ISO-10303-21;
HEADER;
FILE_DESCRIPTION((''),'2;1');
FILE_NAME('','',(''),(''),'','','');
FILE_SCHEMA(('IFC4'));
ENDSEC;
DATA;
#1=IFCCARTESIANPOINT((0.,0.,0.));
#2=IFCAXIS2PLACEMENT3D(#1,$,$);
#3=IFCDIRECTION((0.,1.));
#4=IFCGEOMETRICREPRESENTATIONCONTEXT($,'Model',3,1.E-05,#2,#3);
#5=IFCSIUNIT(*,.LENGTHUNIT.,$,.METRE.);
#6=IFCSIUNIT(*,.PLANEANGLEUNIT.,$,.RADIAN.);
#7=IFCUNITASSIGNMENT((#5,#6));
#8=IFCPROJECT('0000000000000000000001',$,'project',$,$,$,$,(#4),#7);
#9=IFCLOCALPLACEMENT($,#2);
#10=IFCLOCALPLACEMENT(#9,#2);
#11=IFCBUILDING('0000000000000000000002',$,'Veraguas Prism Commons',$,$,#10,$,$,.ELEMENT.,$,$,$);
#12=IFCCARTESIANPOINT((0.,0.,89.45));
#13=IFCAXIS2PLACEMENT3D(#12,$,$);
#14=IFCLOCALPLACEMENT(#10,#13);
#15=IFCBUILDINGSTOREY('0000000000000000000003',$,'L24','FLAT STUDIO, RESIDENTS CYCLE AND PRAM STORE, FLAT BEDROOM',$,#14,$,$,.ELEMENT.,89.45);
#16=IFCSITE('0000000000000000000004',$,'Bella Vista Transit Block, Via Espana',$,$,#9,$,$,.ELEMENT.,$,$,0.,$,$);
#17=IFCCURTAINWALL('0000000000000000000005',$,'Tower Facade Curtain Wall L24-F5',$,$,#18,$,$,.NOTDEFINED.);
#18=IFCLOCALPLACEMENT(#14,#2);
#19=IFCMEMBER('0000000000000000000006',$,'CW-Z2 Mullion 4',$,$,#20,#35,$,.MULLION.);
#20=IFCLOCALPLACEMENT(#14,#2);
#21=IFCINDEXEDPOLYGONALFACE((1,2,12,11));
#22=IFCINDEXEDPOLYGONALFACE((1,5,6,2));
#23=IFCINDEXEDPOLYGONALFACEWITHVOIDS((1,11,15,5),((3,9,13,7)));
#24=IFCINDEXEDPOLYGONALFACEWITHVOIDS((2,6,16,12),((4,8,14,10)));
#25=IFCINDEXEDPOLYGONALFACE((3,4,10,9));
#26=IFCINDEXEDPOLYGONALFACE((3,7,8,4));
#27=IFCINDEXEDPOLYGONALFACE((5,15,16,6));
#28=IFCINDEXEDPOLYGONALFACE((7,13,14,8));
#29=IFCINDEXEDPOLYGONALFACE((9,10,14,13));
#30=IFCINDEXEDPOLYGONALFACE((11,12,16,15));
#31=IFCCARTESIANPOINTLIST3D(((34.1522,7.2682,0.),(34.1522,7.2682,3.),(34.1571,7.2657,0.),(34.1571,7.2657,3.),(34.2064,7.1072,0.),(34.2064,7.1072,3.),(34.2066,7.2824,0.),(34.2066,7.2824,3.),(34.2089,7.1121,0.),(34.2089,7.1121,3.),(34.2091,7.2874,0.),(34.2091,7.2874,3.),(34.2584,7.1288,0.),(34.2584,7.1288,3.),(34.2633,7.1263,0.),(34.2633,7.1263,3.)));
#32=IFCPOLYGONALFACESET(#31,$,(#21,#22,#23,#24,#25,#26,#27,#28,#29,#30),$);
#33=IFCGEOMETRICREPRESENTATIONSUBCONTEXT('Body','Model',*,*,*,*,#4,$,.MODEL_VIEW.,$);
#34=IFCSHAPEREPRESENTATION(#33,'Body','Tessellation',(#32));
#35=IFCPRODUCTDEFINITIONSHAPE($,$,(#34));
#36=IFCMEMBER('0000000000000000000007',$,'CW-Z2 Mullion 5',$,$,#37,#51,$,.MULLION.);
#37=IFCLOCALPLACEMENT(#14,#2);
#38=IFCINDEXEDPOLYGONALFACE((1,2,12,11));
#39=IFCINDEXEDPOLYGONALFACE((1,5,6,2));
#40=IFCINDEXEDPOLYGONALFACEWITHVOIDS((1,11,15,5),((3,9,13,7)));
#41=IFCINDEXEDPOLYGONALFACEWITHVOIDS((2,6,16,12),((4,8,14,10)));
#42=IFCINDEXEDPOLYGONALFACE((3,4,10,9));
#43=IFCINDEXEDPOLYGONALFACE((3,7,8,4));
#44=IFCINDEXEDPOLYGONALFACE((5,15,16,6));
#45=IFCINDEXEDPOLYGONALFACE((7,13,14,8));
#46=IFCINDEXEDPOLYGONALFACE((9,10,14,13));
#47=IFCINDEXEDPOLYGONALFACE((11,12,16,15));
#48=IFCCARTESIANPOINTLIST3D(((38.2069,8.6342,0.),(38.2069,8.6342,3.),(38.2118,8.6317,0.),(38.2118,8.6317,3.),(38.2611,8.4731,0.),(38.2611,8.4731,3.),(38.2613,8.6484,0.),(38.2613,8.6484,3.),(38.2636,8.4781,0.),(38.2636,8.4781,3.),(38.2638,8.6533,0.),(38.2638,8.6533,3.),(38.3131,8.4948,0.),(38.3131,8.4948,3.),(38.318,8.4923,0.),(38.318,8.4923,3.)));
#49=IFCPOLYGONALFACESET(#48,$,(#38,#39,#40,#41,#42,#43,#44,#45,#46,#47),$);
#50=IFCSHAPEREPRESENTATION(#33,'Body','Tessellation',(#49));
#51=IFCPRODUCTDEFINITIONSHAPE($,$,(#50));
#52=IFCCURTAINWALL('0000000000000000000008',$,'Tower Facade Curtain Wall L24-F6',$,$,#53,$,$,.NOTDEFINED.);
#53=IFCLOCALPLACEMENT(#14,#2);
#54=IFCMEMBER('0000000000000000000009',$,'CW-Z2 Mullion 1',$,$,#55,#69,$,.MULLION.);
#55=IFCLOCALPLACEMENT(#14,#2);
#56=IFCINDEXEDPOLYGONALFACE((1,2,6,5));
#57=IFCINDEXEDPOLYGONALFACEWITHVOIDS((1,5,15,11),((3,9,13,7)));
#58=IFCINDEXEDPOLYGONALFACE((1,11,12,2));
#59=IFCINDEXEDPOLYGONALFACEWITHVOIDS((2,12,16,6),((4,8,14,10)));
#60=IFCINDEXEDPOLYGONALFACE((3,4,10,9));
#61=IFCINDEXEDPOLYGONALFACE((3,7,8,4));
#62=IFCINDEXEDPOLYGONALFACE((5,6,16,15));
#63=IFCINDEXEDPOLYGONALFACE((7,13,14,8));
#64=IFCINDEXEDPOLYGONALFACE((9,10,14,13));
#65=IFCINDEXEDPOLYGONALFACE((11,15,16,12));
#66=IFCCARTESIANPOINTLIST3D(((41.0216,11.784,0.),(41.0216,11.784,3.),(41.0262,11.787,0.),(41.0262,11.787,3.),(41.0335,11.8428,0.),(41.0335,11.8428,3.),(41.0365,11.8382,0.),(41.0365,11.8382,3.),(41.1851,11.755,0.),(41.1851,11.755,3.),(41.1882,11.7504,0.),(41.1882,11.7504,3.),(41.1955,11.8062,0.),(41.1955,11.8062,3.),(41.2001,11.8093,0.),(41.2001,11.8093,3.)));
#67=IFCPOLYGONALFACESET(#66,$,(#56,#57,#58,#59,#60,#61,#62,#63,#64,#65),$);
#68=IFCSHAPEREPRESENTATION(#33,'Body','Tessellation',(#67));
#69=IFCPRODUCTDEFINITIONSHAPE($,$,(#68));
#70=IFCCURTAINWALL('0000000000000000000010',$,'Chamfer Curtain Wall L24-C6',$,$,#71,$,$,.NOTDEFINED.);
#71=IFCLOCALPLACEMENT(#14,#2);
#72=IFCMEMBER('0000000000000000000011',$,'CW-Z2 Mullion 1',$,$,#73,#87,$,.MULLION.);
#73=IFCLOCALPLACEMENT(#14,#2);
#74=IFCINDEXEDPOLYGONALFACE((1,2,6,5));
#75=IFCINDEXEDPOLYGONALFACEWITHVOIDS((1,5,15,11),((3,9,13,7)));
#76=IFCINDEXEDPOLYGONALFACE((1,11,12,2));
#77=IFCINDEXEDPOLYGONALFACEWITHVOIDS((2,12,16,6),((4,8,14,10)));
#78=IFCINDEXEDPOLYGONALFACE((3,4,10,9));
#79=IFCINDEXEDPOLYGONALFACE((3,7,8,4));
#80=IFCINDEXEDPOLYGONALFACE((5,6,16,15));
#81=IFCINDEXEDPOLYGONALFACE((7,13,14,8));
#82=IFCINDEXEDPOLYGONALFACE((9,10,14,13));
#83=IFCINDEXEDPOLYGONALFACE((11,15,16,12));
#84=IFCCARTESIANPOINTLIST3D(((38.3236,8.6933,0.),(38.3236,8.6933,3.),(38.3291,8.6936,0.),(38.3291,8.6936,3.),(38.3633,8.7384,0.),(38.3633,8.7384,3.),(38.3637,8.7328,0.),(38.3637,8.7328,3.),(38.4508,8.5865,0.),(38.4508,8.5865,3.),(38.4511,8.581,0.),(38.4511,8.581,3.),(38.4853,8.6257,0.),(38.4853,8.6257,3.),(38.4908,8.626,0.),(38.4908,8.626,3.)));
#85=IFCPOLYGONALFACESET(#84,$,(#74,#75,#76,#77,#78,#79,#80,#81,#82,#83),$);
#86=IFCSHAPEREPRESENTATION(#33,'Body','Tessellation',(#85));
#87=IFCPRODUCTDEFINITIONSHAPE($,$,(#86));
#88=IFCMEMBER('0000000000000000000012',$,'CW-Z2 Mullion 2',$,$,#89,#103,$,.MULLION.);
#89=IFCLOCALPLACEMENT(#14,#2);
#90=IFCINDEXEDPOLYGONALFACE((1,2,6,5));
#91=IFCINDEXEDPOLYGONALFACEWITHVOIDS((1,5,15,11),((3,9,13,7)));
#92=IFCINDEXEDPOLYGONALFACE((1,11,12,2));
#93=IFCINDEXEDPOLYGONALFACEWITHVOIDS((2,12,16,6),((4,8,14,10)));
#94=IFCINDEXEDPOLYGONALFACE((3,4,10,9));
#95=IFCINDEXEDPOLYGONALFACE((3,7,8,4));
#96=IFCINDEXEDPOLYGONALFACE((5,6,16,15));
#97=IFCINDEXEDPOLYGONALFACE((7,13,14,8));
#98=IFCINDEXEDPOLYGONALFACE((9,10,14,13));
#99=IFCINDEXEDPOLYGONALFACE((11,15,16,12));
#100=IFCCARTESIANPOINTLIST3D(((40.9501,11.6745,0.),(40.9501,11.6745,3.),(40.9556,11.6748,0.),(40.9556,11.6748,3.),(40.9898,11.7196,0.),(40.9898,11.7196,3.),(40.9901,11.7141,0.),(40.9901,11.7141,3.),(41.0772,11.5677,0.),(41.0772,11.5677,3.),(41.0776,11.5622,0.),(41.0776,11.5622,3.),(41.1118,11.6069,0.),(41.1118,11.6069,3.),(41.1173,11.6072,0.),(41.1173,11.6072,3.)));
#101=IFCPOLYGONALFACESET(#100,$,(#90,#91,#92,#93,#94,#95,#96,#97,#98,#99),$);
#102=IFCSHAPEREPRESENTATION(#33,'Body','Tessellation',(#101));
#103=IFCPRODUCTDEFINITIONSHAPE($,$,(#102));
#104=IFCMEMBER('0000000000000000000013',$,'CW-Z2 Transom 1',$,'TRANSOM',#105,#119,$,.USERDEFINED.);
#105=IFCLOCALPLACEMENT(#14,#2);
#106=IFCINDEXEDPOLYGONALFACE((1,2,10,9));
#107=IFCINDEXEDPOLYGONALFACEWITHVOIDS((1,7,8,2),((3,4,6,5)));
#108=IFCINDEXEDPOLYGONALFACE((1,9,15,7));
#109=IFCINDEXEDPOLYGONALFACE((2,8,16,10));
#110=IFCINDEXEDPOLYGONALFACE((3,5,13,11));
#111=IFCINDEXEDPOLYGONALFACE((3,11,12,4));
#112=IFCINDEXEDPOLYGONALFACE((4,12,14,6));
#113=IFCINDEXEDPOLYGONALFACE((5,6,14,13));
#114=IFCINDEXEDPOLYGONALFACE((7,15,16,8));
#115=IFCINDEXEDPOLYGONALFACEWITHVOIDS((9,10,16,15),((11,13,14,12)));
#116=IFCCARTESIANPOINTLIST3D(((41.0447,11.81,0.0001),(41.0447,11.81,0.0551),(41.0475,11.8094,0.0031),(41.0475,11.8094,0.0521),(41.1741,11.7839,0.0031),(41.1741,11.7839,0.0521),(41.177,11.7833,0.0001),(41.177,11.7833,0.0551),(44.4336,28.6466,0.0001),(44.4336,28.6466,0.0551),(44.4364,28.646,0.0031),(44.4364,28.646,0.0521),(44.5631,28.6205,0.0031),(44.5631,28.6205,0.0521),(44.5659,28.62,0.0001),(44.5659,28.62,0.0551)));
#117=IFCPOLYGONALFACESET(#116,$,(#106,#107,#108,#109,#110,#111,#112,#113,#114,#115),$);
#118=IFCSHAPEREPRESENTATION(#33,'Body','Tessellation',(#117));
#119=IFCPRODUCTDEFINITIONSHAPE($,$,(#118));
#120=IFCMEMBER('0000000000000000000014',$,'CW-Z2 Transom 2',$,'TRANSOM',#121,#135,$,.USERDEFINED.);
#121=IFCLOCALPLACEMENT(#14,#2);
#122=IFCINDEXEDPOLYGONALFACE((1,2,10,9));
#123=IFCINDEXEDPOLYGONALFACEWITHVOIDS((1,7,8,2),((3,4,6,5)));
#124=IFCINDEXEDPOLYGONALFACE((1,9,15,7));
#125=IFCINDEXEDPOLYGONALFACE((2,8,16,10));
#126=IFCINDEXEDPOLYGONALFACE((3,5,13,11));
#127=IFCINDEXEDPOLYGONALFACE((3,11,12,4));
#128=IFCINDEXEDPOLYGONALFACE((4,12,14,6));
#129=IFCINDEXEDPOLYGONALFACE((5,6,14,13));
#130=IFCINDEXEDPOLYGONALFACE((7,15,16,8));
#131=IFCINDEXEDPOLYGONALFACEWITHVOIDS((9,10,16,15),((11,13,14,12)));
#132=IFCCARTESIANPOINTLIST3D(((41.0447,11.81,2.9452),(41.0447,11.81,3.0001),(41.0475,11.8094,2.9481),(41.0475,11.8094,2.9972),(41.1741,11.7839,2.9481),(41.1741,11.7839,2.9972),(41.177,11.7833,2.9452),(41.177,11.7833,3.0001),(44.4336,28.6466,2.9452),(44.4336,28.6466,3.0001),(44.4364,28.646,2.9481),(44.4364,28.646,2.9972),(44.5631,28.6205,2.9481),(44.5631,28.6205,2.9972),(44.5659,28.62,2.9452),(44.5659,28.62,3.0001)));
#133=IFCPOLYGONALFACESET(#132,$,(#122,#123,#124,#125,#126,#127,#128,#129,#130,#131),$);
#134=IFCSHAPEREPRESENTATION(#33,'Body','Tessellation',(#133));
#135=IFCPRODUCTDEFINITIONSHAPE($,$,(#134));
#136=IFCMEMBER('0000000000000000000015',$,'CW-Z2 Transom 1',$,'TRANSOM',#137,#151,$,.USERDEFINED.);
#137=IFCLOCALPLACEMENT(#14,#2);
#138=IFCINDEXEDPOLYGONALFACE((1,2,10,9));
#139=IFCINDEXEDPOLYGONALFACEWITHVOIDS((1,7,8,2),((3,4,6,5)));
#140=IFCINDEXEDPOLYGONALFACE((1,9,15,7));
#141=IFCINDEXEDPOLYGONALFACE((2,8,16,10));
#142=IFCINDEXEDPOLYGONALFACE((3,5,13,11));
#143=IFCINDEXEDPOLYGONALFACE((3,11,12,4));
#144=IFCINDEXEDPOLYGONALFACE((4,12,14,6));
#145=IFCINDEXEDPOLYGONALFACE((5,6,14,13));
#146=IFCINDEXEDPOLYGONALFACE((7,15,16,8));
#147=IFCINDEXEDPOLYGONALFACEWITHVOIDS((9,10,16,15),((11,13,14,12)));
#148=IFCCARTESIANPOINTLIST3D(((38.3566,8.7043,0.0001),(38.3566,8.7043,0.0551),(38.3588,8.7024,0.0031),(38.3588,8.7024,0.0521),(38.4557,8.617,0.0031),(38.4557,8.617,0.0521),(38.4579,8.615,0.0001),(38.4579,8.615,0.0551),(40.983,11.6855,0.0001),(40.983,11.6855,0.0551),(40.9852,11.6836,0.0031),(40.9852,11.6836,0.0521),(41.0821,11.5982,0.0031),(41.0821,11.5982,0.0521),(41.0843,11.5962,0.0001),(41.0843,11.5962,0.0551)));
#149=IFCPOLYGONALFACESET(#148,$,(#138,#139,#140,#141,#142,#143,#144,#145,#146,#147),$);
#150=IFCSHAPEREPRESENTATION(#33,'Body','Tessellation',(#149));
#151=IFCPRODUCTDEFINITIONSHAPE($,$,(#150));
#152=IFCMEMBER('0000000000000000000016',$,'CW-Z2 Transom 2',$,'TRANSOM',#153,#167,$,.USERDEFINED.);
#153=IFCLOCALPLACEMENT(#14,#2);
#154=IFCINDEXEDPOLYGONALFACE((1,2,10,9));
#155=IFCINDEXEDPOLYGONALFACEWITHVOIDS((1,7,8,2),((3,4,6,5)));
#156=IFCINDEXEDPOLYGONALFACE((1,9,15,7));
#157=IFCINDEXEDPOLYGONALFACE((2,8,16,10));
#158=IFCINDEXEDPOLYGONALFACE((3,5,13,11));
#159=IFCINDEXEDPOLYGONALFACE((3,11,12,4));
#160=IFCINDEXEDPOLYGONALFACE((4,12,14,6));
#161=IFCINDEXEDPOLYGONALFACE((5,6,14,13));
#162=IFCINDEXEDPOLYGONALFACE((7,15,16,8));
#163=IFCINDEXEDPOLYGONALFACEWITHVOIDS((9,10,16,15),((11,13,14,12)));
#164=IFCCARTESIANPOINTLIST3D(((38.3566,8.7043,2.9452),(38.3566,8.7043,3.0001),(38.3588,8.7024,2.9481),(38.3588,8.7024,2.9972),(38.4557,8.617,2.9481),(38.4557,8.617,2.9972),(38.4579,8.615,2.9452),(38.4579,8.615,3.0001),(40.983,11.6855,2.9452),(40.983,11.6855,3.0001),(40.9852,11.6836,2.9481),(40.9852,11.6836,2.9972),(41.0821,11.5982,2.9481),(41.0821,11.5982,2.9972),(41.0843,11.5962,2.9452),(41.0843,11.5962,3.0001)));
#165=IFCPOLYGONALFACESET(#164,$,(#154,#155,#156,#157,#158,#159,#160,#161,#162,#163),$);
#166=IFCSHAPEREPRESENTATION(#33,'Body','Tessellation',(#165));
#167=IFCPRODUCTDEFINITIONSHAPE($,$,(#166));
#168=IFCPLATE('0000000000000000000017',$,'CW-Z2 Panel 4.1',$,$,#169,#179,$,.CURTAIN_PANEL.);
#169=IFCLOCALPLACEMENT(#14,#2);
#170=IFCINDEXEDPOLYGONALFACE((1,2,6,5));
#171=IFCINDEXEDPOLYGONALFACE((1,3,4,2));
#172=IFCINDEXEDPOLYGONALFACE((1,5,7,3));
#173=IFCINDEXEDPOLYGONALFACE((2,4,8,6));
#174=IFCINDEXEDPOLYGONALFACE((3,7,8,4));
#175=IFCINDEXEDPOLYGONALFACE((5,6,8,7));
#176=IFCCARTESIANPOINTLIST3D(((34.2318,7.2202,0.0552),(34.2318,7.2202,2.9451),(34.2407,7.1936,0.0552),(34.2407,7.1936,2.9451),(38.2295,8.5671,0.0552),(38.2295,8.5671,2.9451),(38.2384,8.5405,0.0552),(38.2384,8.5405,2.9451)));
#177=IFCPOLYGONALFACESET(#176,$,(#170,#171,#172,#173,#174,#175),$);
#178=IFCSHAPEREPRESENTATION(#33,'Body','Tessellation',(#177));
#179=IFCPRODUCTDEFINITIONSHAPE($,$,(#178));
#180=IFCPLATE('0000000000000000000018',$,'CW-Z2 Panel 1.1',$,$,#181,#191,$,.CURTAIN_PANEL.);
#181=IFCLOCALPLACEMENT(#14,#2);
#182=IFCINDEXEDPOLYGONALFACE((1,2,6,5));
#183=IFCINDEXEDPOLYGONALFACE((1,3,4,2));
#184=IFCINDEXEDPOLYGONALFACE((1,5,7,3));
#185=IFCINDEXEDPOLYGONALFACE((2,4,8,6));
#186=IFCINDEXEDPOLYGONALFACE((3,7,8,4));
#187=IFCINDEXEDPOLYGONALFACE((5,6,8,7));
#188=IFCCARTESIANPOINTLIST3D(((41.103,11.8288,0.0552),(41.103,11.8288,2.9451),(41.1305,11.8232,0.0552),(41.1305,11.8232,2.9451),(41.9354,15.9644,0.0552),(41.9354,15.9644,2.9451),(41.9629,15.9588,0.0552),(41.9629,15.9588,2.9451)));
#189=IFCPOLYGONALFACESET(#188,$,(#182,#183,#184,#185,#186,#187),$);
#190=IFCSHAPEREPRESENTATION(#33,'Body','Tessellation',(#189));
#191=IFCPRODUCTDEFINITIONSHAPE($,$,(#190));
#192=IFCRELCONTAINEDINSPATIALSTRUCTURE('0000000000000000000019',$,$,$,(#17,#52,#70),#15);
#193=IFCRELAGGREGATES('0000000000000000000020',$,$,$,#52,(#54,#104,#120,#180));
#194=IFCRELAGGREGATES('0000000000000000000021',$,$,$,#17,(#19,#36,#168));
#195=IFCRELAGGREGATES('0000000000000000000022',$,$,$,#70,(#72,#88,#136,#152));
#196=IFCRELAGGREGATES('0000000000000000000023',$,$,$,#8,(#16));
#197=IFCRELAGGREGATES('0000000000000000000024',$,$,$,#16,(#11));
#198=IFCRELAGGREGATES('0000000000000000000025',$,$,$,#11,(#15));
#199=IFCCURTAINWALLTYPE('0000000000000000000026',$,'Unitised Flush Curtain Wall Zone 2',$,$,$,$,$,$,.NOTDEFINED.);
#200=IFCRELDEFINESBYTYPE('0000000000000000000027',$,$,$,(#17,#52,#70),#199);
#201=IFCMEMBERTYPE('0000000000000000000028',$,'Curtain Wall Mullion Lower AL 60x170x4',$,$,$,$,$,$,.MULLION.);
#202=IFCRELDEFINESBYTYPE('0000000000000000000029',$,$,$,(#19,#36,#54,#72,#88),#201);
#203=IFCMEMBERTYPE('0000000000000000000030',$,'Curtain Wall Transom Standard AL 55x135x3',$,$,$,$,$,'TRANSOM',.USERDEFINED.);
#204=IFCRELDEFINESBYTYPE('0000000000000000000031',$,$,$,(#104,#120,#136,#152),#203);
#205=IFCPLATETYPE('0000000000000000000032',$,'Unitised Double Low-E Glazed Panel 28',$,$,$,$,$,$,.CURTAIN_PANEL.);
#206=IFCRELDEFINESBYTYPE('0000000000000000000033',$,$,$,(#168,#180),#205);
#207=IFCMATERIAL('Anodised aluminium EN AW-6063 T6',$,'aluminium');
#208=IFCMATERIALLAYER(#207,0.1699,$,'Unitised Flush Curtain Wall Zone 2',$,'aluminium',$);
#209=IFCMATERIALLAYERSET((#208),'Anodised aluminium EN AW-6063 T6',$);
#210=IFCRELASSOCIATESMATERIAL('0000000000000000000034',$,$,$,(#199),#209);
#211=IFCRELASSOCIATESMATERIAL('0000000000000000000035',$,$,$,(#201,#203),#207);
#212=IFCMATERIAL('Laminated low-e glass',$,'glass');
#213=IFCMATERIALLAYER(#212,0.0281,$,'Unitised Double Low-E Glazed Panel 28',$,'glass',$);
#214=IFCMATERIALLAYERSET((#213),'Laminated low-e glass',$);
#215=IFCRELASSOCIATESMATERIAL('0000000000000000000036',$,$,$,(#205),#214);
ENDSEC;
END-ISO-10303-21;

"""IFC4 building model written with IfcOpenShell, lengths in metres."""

from ifc_helpers import new_model, si_unit, direction, frame, origin, origin_2d, place, context, subcontext, project, spatial, rectangle, hollow_rectangle, extrude, source, transform, mapped, material, layer, layer_set, material_profile, profile_set, type_object, element, aggregate, save


model = new_model("IFC4")

# Units and contexts
model_context = context("Model", 3, precision=1e-05, world=origin(), true_north=direction((0.0, 1.0)))
body_context = subcontext(model_context, "Body", "Model", "MODEL_VIEW")
ifc_project = project(units=[si_unit("LENGTHUNIT", "METRE"), si_unit("PLANEANGLEUNIT", "RADIAN")], contexts=[model_context])

# Site, building, storey
site_placement = place(None, origin())
site = spatial("IfcSite", under=ifc_project, at=site_placement, Name="Bella Vista Transit Block, Via Espana", CompositionType="ELEMENT", RefElevation=0.0)
building_placement = place(site_placement, origin())
building = spatial("IfcBuilding", under=site, at=building_placement, Name="Veraguas Prism Commons", CompositionType="ELEMENT")
storey_placement = place(building_placement, frame((0.0, 0.0, 89.45)))
storey = spatial("IfcBuildingStorey", under=building, at=storey_placement, Name="L24", Description="FLAT STUDIO, RESIDENTS CYCLE AND PRAM STORE, FLAT BEDROOM", CompositionType="ELEMENT", Elevation=89.45)

# Curtain wall, members
ifc_material_1 = material(Name="Anodised aluminium EN AW-6063 T6", Category="aluminium")
ifc_layer_1 = layer(ifc_material_1, 0.1699, Name="Unitised Flush Curtain Wall Zone 2", Category="aluminium")
ifc_layer_set_1 = layer_set([ifc_layer_1], Name="Anodised aluminium EN AW-6063 T6")
curtain_wall_type = type_object("IfcCurtainWallType", Name="Unitised Flush Curtain Wall Zone 2", PredefinedType="NOTDEFINED", material=ifc_layer_set_1)
curtain_wall_1_placement = place(storey_placement, origin())
curtain_wall_1 = element("IfcCurtainWall", 1, at=curtain_wall_1_placement, inside=storey, type_object=curtain_wall_type, Name="Tower Facade Curtain Wall L24-F5", PredefinedType="NOTDEFINED")
ifc_material_profile_1 = material_profile(ifc_material_1, hollow_rectangle(XDim=0.0601, YDim=0.1699, WallThickness=0.0039, at=origin_2d()), Name="AL60X170X4")
ifc_profile_set_1 = profile_set([ifc_material_profile_1], Name="Anodised aluminium EN AW-6063 T6")
member_type_1 = type_object("IfcMemberType", Name="Curtain Wall Mullion Lower AL 60x170x4", PredefinedType="MULLION", material=ifc_profile_set_1)
shared_shape_1 = source(origin(), body_context, "Body", "SweptSolid", [
    extrude(hollow_rectangle(XDim=0.0601, YDim=0.1699, WallThickness=0.0039, at=origin_2d()), origin(), (0.0, 0.0, 1.0), 3.0),
])
member_1_placement = place(storey_placement, frame((34.2078, 7.1973, 0.0), z_axis=(0.0, 0.0, 1.0), x_axis=(0.947659, 0.319284, 0.0)))
member_1 = element("IfcMember", 2, at=member_1_placement, type_object=member_type_1, Name="CW-Z2 Mullion 4", PredefinedType="MULLION", context=body_context, shape_type="MappedRepresentation", body=[
    mapped(shared_shape_1, transform((0.0, 0.0, 0.0), scale=1.0)),
])
member_2_placement = place(storey_placement, frame((38.2625, 8.5632, 0.0), z_axis=(0.0, 0.0, 1.0), x_axis=(0.947659, 0.319284, 0.0)))
member_2 = element("IfcMember", 3, at=member_2_placement, type_object=member_type_1, Name="CW-Z2 Mullion 5", PredefinedType="MULLION", context=body_context, shape_type="MappedRepresentation", body=[
    mapped(shared_shape_1, transform((0.0, 0.0, 0.0), scale=1.0)),
])

# Curtain wall, member
curtain_wall_2_placement = place(storey_placement, origin())
curtain_wall_2 = element("IfcCurtainWall", 4, at=curtain_wall_2_placement, inside=storey, type_object=curtain_wall_type, Name="Tower Facade Curtain Wall L24-F6", PredefinedType="NOTDEFINED")
member_3_placement = place(storey_placement, frame((41.1108, 11.7966, 0.0), z_axis=(0.0, 0.0, 1.0), x_axis=(0.19732, 0.980339, 0.0)))
member_3 = element("IfcMember", 5, at=member_3_placement, type_object=member_type_1, Name="CW-Z2 Mullion 1", PredefinedType="MULLION", context=body_context, shape_type="MappedRepresentation", body=[
    mapped(shared_shape_1, transform((0.0, 0.0, 0.0), scale=1.0)),
])

# Curtain wall, members
curtain_wall_3_placement = place(storey_placement, origin())
curtain_wall_3 = element("IfcCurtainWall", 6, at=curtain_wall_3_placement, inside=storey, type_object=curtain_wall_type, Name="Chamfer Curtain Wall L24-C6", PredefinedType="NOTDEFINED")
member_4_placement = place(storey_placement, frame((38.4072, 8.6597, 0.0), z_axis=(0.0, 0.0, 1.0), x_axis=(0.661026, 0.750363, 0.0)))
member_4 = element("IfcMember", 7, at=member_4_placement, type_object=member_type_1, Name="CW-Z2 Mullion 1", PredefinedType="MULLION", context=body_context, shape_type="MappedRepresentation", body=[
    mapped(shared_shape_1, transform((0.0, 0.0, 0.0), scale=1.0)),
])
member_5_placement = place(storey_placement, frame((41.0337, 11.6409, 0.0), z_axis=(0.0, 0.0, 1.0), x_axis=(0.661026, 0.750363, 0.0)))
member_5 = element("IfcMember", 8, at=member_5_placement, type_object=member_type_1, Name="CW-Z2 Mullion 2", PredefinedType="MULLION", context=body_context, shape_type="MappedRepresentation", body=[
    mapped(shared_shape_1, transform((0.0, 0.0, 0.0), scale=1.0)),
])

# Members
ifc_material_profile_2 = material_profile(ifc_material_1, hollow_rectangle(XDim=0.0549, YDim=0.135, WallThickness=0.0029, at=origin_2d()), Name="AL55X135X3")
ifc_profile_set_2 = profile_set([ifc_material_profile_2], Name="Anodised aluminium EN AW-6063 T6")
member_type_2 = type_object("IfcMemberType", Name="Curtain Wall Transom Standard AL 55x135x3", ElementType="TRANSOM", PredefinedType="USERDEFINED", material=ifc_profile_set_2)
shared_shape_2 = source(origin(), body_context, "Body", "SweptSolid", [
    extrude(hollow_rectangle(XDim=0.0549, YDim=0.135, WallThickness=0.0029, at=origin_2d()), origin(), (0.0, 0.0, 1.0), 17.1743),
])
member_6_placement = place(storey_placement, frame((41.1108, 11.7966, 0.0276), z_axis=(0.197324, 0.980338, 0.0), x_axis=(0.0, 0.0, 1.0)))
member_6 = element("IfcMember", 9, at=member_6_placement, type_object=member_type_2, Name="CW-Z2 Transom 1", ObjectType="TRANSOM", PredefinedType="USERDEFINED", context=body_context, shape_type="MappedRepresentation", body=[
    mapped(shared_shape_2, transform((0.0, 0.0, 0.0), scale=1.0)),
])
member_7_placement = place(storey_placement, frame((41.1108, 11.7966, 2.9727), z_axis=(0.197324, 0.980338, 0.0), x_axis=(0.0, 0.0, 1.0)))
member_7 = element("IfcMember", 10, at=member_7_placement, type_object=member_type_2, Name="CW-Z2 Transom 2", ObjectType="TRANSOM", PredefinedType="USERDEFINED", context=body_context, shape_type="MappedRepresentation", body=[
    mapped(shared_shape_2, transform((0.0, 0.0, 0.0), scale=1.0)),
])
shared_shape_3 = source(origin(), body_context, "Body", "SweptSolid", [
    extrude(hollow_rectangle(XDim=0.0549, YDim=0.135, WallThickness=0.0029, at=origin_2d()), origin(), (0.0, 0.0, 1.0), 3.9731),
])
member_8_placement = place(storey_placement, frame((38.4072, 8.6597, 0.0276), z_axis=(0.661054, 0.750338, 0.0), x_axis=(0.0, 0.0, 1.0)))
member_8 = element("IfcMember", 11, at=member_8_placement, type_object=member_type_2, Name="CW-Z2 Transom 1", ObjectType="TRANSOM", PredefinedType="USERDEFINED", context=body_context, shape_type="MappedRepresentation", body=[
    mapped(shared_shape_3, transform((0.0, 0.0, 0.0), scale=1.0)),
])
member_9_placement = place(storey_placement, frame((38.4072, 8.6597, 2.9727), z_axis=(0.661054, 0.750338, 0.0), x_axis=(0.0, 0.0, 1.0)))
member_9 = element("IfcMember", 12, at=member_9_placement, type_object=member_type_2, Name="CW-Z2 Transom 2", ObjectType="TRANSOM", PredefinedType="USERDEFINED", context=body_context, shape_type="MappedRepresentation", body=[
    mapped(shared_shape_3, transform((0.0, 0.0, 0.0), scale=1.0)),
])

# Plates
ifc_material_2 = material(Name="Laminated low-e glass", Category="glass")
ifc_layer_2 = layer(ifc_material_2, 0.0281, Name="Unitised Double Low-E Glazed Panel 28", Category="glass")
ifc_layer_set_2 = layer_set([ifc_layer_2], Name="Laminated low-e glass")
plate_type = type_object("IfcPlateType", Name="Unitised Double Low-E Glazed Panel 28", PredefinedType="CURTAIN_PANEL", material=ifc_layer_set_2)
shared_shape_4 = source(origin(), body_context, "Body", "SweptSolid", [
    extrude(rectangle(XDim=4.2185, YDim=0.0281, at=origin_2d()), origin(), (0.0, 0.0, 1.0), 2.8899),
])
plate_1_placement = place(storey_placement, frame((36.2351, 7.8804, 0.0552), z_axis=(0.0, 0.0, 1.0), x_axis=(0.947659, 0.319284, 0.0)))
plate_1 = element("IfcPlate", 13, at=plate_1_placement, type_object=plate_type, Name="CW-Z2 Panel 4.1", PredefinedType="CURTAIN_PANEL", context=body_context, shape_type="MappedRepresentation", body=[
    mapped(shared_shape_4, transform((0.0, 0.0, 0.0), scale=1.0)),
])
plate_2_placement = place(storey_placement, frame((41.533, 13.8938, 0.0552), z_axis=(0.0, 0.0, 1.0), x_axis=(0.19732, 0.980339, 0.0)))
plate_2 = element("IfcPlate", 14, at=plate_2_placement, type_object=plate_type, Name="CW-Z2 Panel 1.1", PredefinedType="CURTAIN_PANEL", context=body_context, shape_type="MappedRepresentation", body=[
    mapped(shared_shape_4, transform((0.0, 0.0, 0.0), scale=1.0)),
])
aggregate(curtain_wall_2, [member_3, member_6, member_7, plate_2])
aggregate(curtain_wall_1, [member_1, member_2, plate_1])
aggregate(curtain_wall_3, [member_4, member_5, member_8, member_9])

save(model, "model.ifc")
